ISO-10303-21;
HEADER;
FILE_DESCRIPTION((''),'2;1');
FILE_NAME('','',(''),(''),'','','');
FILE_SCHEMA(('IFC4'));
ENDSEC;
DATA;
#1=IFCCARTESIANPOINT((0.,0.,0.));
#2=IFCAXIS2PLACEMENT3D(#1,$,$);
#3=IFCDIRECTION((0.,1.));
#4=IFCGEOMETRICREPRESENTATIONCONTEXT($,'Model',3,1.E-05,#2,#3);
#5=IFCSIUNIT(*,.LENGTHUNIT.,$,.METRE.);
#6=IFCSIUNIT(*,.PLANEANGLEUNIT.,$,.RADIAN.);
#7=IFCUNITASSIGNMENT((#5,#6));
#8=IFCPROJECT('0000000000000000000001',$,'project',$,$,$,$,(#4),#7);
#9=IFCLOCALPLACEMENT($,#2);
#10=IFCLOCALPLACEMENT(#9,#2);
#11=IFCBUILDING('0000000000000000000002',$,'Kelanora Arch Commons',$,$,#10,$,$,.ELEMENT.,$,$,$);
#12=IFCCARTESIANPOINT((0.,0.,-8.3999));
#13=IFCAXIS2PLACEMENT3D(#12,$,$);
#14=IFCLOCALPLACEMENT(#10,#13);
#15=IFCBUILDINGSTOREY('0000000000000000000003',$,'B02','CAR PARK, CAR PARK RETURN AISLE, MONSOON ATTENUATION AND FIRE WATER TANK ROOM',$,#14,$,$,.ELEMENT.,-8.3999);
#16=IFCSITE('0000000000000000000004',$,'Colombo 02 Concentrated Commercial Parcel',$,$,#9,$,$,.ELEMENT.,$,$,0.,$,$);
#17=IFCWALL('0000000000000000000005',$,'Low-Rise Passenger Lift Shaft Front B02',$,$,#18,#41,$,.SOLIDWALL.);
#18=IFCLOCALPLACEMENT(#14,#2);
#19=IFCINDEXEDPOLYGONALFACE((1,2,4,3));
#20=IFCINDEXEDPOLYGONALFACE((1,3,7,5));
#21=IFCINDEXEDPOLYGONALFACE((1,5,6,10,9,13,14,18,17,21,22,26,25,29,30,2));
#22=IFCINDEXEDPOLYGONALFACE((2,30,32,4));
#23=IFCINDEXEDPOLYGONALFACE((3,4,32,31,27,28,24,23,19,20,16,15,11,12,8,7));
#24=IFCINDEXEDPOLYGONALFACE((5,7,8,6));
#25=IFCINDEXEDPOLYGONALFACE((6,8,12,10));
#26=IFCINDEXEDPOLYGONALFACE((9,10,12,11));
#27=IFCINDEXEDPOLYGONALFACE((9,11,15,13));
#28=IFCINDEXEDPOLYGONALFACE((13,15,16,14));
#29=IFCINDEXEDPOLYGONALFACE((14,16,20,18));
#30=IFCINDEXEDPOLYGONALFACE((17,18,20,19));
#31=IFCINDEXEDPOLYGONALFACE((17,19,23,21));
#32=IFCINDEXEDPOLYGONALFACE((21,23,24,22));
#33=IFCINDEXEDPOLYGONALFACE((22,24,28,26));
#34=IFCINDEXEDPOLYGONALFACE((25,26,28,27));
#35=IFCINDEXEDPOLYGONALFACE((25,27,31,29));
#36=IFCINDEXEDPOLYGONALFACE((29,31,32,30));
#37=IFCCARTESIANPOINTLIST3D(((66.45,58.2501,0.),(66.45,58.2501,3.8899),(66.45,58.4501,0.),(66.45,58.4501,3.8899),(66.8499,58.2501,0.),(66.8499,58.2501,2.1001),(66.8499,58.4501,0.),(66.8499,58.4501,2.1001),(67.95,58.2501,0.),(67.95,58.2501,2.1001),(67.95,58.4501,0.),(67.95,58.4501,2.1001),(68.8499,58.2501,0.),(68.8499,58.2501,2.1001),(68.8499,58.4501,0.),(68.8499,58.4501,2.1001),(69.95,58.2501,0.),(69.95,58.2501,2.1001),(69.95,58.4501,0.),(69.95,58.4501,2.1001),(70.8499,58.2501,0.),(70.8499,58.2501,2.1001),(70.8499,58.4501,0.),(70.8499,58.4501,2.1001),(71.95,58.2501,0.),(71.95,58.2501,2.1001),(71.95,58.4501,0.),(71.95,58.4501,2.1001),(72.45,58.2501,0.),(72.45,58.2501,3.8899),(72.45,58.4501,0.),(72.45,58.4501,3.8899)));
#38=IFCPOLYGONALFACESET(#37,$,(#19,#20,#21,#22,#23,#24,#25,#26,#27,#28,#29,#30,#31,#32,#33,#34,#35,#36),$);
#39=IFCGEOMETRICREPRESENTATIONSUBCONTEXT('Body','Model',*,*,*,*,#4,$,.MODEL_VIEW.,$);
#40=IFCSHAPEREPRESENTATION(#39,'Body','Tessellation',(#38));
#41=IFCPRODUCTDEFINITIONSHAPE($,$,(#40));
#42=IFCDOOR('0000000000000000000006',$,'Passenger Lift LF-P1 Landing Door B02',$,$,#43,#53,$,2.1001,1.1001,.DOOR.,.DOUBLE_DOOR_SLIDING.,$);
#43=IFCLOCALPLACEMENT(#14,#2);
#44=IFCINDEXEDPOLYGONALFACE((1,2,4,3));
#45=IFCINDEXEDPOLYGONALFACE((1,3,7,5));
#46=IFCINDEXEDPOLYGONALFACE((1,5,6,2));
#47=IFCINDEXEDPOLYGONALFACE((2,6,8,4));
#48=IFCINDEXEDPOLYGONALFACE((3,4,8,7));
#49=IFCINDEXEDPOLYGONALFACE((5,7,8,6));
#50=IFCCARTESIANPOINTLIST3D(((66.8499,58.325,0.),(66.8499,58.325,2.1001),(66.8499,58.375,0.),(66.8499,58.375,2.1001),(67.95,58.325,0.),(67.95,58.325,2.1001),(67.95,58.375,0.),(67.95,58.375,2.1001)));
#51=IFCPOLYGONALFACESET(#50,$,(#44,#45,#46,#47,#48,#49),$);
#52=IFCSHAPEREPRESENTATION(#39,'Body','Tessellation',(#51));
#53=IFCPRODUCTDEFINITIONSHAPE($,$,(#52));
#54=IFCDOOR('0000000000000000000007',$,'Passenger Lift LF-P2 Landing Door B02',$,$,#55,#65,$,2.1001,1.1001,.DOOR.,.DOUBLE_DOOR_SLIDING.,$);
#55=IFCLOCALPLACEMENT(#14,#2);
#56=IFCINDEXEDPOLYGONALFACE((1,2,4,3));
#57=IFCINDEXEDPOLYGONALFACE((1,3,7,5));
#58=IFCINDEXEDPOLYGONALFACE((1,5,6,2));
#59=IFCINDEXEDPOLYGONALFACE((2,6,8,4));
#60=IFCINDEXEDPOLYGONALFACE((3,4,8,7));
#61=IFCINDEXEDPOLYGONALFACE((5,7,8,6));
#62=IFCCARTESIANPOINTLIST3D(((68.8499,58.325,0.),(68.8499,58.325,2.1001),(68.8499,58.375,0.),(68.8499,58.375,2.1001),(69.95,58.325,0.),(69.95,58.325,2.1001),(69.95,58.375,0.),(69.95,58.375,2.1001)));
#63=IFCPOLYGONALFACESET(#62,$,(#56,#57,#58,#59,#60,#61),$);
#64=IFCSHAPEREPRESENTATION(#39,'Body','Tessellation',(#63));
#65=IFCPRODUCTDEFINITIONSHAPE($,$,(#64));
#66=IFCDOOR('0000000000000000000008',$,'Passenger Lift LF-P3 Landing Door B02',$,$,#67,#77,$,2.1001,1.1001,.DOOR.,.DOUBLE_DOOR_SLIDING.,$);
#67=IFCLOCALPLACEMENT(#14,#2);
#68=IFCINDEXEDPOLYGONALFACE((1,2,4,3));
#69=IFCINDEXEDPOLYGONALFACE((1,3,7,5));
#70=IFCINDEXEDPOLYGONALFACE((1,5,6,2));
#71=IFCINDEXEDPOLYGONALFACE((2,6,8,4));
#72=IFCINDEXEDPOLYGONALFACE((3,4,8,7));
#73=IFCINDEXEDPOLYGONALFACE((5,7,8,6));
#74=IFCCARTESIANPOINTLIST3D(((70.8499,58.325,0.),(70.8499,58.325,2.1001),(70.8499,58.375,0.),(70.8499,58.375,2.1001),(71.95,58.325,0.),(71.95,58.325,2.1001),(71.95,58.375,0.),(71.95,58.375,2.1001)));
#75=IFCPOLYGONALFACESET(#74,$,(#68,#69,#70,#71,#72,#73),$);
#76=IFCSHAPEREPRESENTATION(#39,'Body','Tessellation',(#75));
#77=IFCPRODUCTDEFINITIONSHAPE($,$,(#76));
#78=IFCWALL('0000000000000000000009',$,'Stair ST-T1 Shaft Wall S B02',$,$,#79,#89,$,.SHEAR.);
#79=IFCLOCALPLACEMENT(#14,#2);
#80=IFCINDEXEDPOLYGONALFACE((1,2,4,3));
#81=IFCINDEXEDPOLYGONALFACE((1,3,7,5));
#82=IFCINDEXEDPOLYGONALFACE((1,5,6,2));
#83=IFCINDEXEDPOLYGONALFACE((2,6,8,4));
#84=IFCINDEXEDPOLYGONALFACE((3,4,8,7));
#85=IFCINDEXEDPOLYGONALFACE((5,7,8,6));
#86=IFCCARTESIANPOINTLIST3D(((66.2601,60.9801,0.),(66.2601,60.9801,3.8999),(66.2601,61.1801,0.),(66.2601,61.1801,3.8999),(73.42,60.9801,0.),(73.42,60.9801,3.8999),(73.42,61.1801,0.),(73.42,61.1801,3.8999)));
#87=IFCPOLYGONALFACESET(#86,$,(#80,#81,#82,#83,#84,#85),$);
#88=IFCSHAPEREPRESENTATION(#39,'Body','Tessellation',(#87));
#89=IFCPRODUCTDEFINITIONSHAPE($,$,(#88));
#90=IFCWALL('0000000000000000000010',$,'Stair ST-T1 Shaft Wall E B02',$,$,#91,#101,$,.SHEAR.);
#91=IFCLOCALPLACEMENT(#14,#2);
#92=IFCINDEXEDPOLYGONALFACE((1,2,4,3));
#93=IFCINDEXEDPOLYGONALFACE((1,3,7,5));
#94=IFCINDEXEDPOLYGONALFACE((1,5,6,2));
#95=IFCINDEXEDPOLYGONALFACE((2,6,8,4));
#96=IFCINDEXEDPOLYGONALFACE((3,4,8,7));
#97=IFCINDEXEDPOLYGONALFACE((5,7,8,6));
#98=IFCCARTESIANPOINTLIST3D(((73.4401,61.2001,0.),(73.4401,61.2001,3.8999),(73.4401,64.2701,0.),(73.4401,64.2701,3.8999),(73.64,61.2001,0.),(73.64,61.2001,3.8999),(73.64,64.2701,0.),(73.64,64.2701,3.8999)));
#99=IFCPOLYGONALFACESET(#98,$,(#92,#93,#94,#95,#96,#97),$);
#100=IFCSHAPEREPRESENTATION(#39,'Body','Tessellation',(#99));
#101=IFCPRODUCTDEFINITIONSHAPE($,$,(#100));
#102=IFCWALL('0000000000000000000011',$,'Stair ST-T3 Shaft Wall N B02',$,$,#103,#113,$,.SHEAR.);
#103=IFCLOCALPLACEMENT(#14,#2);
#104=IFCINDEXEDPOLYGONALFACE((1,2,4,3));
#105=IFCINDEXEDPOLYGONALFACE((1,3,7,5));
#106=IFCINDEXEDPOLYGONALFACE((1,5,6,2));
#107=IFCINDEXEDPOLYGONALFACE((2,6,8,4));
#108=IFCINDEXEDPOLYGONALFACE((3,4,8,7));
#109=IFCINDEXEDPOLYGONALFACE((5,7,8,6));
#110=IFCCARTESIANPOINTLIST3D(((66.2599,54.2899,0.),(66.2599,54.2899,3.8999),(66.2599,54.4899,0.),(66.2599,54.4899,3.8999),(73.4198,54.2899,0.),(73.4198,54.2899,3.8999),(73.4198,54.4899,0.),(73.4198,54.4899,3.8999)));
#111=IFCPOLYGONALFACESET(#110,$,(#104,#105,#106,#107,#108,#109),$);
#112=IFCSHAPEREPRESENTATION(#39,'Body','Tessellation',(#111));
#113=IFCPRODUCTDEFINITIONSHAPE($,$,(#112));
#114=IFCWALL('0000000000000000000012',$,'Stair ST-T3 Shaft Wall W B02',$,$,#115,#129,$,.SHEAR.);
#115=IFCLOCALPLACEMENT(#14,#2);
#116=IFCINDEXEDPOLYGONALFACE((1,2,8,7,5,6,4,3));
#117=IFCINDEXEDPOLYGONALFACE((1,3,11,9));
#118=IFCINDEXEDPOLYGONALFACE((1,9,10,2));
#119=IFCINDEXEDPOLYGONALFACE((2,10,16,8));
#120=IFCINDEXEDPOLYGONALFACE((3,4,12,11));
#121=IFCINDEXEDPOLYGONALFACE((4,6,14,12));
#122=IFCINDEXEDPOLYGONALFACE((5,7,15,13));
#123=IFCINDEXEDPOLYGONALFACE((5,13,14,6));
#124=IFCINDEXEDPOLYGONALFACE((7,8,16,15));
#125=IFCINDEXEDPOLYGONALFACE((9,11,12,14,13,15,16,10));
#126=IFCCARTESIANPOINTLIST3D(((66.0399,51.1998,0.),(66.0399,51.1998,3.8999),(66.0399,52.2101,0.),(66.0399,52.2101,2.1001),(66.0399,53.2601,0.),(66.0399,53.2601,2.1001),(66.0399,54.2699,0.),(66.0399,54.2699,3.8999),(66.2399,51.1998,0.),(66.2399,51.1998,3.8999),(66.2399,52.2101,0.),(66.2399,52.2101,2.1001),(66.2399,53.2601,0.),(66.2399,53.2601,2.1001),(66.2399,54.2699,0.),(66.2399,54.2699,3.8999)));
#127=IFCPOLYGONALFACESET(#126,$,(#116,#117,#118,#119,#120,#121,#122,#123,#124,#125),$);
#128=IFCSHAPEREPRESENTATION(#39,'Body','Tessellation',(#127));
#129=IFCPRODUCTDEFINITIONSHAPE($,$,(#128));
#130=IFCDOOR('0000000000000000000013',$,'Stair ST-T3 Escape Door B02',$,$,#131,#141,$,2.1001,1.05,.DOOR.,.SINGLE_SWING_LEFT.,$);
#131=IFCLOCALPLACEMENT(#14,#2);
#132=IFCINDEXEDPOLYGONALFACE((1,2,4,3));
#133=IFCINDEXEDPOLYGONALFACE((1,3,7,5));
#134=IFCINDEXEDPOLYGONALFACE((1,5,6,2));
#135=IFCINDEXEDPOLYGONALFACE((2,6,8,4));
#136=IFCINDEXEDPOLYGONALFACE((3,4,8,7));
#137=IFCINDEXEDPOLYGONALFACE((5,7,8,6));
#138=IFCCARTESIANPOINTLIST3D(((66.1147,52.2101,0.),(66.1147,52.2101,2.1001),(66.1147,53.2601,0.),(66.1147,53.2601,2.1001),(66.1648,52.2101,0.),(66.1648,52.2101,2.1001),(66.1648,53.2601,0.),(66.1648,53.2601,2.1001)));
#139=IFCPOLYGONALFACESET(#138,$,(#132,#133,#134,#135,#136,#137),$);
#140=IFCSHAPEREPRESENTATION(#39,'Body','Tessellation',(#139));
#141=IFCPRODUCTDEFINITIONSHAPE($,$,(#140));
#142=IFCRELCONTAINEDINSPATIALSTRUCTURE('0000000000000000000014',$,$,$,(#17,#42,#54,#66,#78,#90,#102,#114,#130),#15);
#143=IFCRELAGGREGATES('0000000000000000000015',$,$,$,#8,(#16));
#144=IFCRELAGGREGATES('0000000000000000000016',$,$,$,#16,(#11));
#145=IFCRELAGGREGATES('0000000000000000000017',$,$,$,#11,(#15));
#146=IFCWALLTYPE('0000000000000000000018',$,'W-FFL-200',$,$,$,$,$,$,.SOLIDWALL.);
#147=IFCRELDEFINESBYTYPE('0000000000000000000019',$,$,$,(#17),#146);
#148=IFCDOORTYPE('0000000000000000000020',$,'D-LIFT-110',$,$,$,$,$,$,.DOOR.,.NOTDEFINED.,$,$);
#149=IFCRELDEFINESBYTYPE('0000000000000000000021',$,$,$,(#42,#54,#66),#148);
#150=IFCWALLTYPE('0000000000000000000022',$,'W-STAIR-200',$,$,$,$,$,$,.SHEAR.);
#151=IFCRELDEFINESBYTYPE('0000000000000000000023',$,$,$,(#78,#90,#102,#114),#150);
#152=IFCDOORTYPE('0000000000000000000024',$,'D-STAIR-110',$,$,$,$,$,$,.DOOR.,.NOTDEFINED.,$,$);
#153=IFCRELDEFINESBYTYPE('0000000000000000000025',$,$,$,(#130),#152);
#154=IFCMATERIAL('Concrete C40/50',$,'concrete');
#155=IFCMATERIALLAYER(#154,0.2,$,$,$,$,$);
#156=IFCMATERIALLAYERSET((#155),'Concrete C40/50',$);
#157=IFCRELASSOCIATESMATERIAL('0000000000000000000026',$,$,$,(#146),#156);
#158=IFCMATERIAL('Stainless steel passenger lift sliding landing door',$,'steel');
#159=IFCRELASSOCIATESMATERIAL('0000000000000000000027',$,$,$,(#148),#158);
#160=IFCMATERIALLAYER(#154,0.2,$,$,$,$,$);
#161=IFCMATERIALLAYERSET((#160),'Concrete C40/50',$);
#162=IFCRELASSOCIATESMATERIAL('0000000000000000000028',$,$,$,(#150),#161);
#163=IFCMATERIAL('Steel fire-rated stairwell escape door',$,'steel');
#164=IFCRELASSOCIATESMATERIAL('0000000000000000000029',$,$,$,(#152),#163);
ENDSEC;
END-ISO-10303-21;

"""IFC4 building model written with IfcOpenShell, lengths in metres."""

from ifc_helpers import new_model, si_unit, direction, frame, frame_2d, origin, place, context, subcontext, project, spatial, rectangle, extrude, material, layer, layer_set, type_object, element, fill, save


model = new_model("IFC4")

# Units and contexts
model_context = context("Model", 3, precision=1e-05, world=origin(), true_north=direction((0.0, 1.0)))
body_context = subcontext(model_context, "Body", "Model", "MODEL_VIEW")
ifc_project = project(units=[si_unit("LENGTHUNIT", "METRE"), si_unit("PLANEANGLEUNIT", "RADIAN")], contexts=[model_context])

# Site, building, storey
site_placement = place(None, origin())
site = spatial("IfcSite", under=ifc_project, at=site_placement, Name="Colombo 02 Concentrated Commercial Parcel", CompositionType="ELEMENT", RefElevation=0.0)
building_placement = place(site_placement, origin())
building = spatial("IfcBuilding", under=site, at=building_placement, Name="Kelanora Arch Commons", CompositionType="ELEMENT")
storey_placement = place(building_placement, frame((0.0, 0.0, -8.3999)))
storey = spatial("IfcBuildingStorey", under=building, at=storey_placement, Name="B02", Description="CAR PARK, CAR PARK RETURN AISLE, MONSOON ATTENUATION AND FIRE WATER TANK ROOM", CompositionType="ELEMENT", Elevation=-8.3999)

# Shared definitions
ifc_material_1 = material(Name="Concrete C40/50", Category="concrete")
ifc_layer_1 = layer(ifc_material_1, 0.2)
ifc_layer_set_1 = layer_set([ifc_layer_1], Name="Concrete C40/50")
wall_type_1 = type_object("IfcWallType", Name="W-FFL-200", PredefinedType="SOLIDWALL", material=ifc_layer_set_1)

# Wall, openings, doors
wall_1_placement = place(storey_placement, frame((66.45, 58.3501, 0.0), z_axis=(0.0, 0.0, 1.0), x_axis=(1.0, 0.0, 0.0)))
wall_1 = element("IfcWall", 1, at=wall_1_placement, inside=storey, type_object=wall_type_1, Name="Low-Rise Passenger Lift Shaft Front B02", PredefinedType="SOLIDWALL", context=body_context, shape_type="SweptSolid", body=[
    extrude(rectangle(XDim=6.0, YDim=0.2, at=frame_2d((3.0, 0.0))), origin(), (0.0, 0.0, 1.0), 3.8899),
])
opening_1_placement = place(wall_1_placement, frame((0.3999, 0.0, 0.0)))
opening_1 = element("IfcOpeningElement", 2, at=opening_1_placement, cuts=wall_1, PredefinedType="OPENING", context=body_context, shape_type="SweptSolid", body=[
    extrude(rectangle(XDim=1.1001, YDim=2.1001, at=frame_2d((0.55, 1.05))), frame((0.0, 0.1099, 0.0), z_axis=(0.0, -1.0, 0.0), x_axis=(1.0, 0.0, 0.0)), (0.0, 0.0, 1.0), 0.22),
])
opening_2_placement = place(wall_1_placement, frame((2.3999, 0.0, 0.0)))
opening_2 = element("IfcOpeningElement", 3, at=opening_2_placement, cuts=wall_1, PredefinedType="OPENING", context=body_context, shape_type="SweptSolid", body=[
    extrude(rectangle(XDim=1.1001, YDim=2.1001, at=frame_2d((0.55, 1.05))), frame((0.0, 0.1099, 0.0), z_axis=(0.0, -1.0, 0.0), x_axis=(1.0, 0.0, 0.0)), (0.0, 0.0, 1.0), 0.22),
])
opening_3_placement = place(wall_1_placement, frame((4.3999, 0.0, 0.0)))
opening_3 = element("IfcOpeningElement", 4, at=opening_3_placement, cuts=wall_1, PredefinedType="OPENING", context=body_context, shape_type="SweptSolid", body=[
    extrude(rectangle(XDim=1.1001, YDim=2.1001, at=frame_2d((0.55, 1.05))), frame((0.0, 0.1099, 0.0), z_axis=(0.0, -1.0, 0.0), x_axis=(1.0, 0.0, 0.0)), (0.0, 0.0, 1.0), 0.22),
])
ifc_material_2 = material(Name="Stainless steel passenger lift sliding landing door", Category="steel")
door_type_1 = type_object("IfcDoorType", Name="D-LIFT-110", OperationType="NOTDEFINED", PredefinedType="DOOR", material=ifc_material_2)
door_1_placement = place(opening_1_placement, origin())
door_1 = element("IfcDoor", 5, at=door_1_placement, inside=storey, type_object=door_type_1, Name="Passenger Lift LF-P1 Landing Door B02", OperationType="DOUBLE_DOOR_SLIDING", OverallHeight=2.1001, OverallWidth=1.1001, PredefinedType="DOOR", context=body_context, shape_type="SweptSolid", body=[
    extrude(rectangle(XDim=1.1001, YDim=2.1001, at=frame_2d((0.55, 1.05))), frame((0.0, 0.0249, 0.0), z_axis=(0.0, -1.0, 0.0), x_axis=(1.0, 0.0, 0.0)), (0.0, 0.0, 1.0), 0.05),
])
fill(opening_1, door_1)
door_2_placement = place(opening_2_placement, origin())
door_2 = element("IfcDoor", 6, at=door_2_placement, inside=storey, type_object=door_type_1, Name="Passenger Lift LF-P2 Landing Door B02", OperationType="DOUBLE_DOOR_SLIDING", OverallHeight=2.1001, OverallWidth=1.1001, PredefinedType="DOOR", context=body_context, shape_type="SweptSolid", body=[
    extrude(rectangle(XDim=1.1001, YDim=2.1001, at=frame_2d((0.55, 1.05))), frame((0.0, 0.0249, 0.0), z_axis=(0.0, -1.0, 0.0), x_axis=(1.0, 0.0, 0.0)), (0.0, 0.0, 1.0), 0.05),
])
fill(opening_2, door_2)
door_3_placement = place(opening_3_placement, origin())
door_3 = element("IfcDoor", 7, at=door_3_placement, inside=storey, type_object=door_type_1, Name="Passenger Lift LF-P3 Landing Door B02", OperationType="DOUBLE_DOOR_SLIDING", OverallHeight=2.1001, OverallWidth=1.1001, PredefinedType="DOOR", context=body_context, shape_type="SweptSolid", body=[
    extrude(rectangle(XDim=1.1001, YDim=2.1001, at=frame_2d((0.55, 1.05))), frame((0.0, 0.0249, 0.0), z_axis=(0.0, -1.0, 0.0), x_axis=(1.0, 0.0, 0.0)), (0.0, 0.0, 1.0), 0.05),
])
fill(opening_3, door_3)

# Walls
ifc_layer_2 = layer(ifc_material_1, 0.2)
ifc_layer_set_2 = layer_set([ifc_layer_2], Name="Concrete C40/50")
wall_type_2 = type_object("IfcWallType", Name="W-STAIR-200", PredefinedType="SHEAR", material=ifc_layer_set_2)
wall_2_placement = place(storey_placement, frame((66.26, 61.0801, 0.0), z_axis=(0.0, 0.0, 1.0), x_axis=(1.0, 0.0, 0.0)))
element("IfcWall", 8, at=wall_2_placement, inside=storey, type_object=wall_type_2, Name="Stair ST-T1 Shaft Wall S B02", PredefinedType="SHEAR", context=body_context, shape_type="SweptSolid", body=[
    extrude(rectangle(XDim=7.1599, YDim=0.2, at=frame_2d((3.5801, 0.0))), origin(), (0.0, 0.0, 1.0), 3.8999),
])
wall_3_placement = place(storey_placement, frame((73.54, 61.2, 0.0), z_axis=(0.0, 0.0, 1.0), x_axis=(0.0, 1.0, 0.0)))
element("IfcWall", 9, at=wall_3_placement, inside=storey, type_object=wall_type_2, Name="Stair ST-T1 Shaft Wall E B02", PredefinedType="SHEAR", context=body_context, shape_type="SweptSolid", body=[
    extrude(rectangle(XDim=3.0701, YDim=0.2, at=frame_2d((1.5352, 0.0))), origin(), (0.0, 0.0, 1.0), 3.8999),
])
wall_4_placement = place(storey_placement, frame((73.4199, 54.3899, 0.0), z_axis=(0.0, 0.0, 1.0), x_axis=(-1.0, 0.0, 0.0)))
element("IfcWall", 10, at=wall_4_placement, inside=storey, type_object=wall_type_2, Name="Stair ST-T3 Shaft Wall N B02", PredefinedType="SHEAR", context=body_context, shape_type="SweptSolid", body=[
    extrude(rectangle(XDim=7.1599, YDim=0.2, at=frame_2d((3.5801, 0.0))), origin(), (0.0, 0.0, 1.0), 3.8999),
])

# Wall, opening, door
wall_5_placement = place(storey_placement, frame((66.1399, 54.27, 0.0), z_axis=(0.0, 0.0, 1.0), x_axis=(0.0, -1.0, 0.0)))
wall_5 = element("IfcWall", 11, at=wall_5_placement, inside=storey, type_object=wall_type_2, Name="Stair ST-T3 Shaft Wall W B02", PredefinedType="SHEAR", context=body_context, shape_type="SweptSolid", body=[
    extrude(rectangle(XDim=3.0701, YDim=0.2, at=frame_2d((1.5352, 0.0))), origin(), (0.0, 0.0, 1.0), 3.8999),
])
opening_4_placement = place(wall_5_placement, frame((1.01, 0.0, 0.0)))
opening_4 = element("IfcOpeningElement", 12, at=opening_4_placement, cuts=wall_5, PredefinedType="OPENING", context=body_context, shape_type="SweptSolid", body=[
    extrude(rectangle(XDim=1.05, YDim=2.1001, at=frame_2d((0.5249, 1.05))), frame((0.0, 0.1099, 0.0), z_axis=(0.0, -1.0, 0.0), x_axis=(1.0, 0.0, 0.0)), (0.0, 0.0, 1.0), 0.22),
])
ifc_material_3 = material(Name="Steel fire-rated stairwell escape door", Category="steel")
door_type_2 = type_object("IfcDoorType", Name="D-STAIR-110", OperationType="NOTDEFINED", PredefinedType="DOOR", material=ifc_material_3)
door_4_placement = place(opening_4_placement, origin())
door_4 = element("IfcDoor", 13, at=door_4_placement, inside=storey, type_object=door_type_2, Name="Stair ST-T3 Escape Door B02", OperationType="SINGLE_SWING_LEFT", OverallHeight=2.1001, OverallWidth=1.05, PredefinedType="DOOR", context=body_context, shape_type="SweptSolid", body=[
    extrude(rectangle(XDim=1.05, YDim=2.1001, at=frame_2d((0.5249, 1.05))), frame((0.0, 0.0249, 0.0), z_axis=(0.0, -1.0, 0.0), x_axis=(1.0, 0.0, 0.0)), (0.0, 0.0, 1.0), 0.05),
])
fill(opening_4, door_4)

save(model, "model.ifc")
